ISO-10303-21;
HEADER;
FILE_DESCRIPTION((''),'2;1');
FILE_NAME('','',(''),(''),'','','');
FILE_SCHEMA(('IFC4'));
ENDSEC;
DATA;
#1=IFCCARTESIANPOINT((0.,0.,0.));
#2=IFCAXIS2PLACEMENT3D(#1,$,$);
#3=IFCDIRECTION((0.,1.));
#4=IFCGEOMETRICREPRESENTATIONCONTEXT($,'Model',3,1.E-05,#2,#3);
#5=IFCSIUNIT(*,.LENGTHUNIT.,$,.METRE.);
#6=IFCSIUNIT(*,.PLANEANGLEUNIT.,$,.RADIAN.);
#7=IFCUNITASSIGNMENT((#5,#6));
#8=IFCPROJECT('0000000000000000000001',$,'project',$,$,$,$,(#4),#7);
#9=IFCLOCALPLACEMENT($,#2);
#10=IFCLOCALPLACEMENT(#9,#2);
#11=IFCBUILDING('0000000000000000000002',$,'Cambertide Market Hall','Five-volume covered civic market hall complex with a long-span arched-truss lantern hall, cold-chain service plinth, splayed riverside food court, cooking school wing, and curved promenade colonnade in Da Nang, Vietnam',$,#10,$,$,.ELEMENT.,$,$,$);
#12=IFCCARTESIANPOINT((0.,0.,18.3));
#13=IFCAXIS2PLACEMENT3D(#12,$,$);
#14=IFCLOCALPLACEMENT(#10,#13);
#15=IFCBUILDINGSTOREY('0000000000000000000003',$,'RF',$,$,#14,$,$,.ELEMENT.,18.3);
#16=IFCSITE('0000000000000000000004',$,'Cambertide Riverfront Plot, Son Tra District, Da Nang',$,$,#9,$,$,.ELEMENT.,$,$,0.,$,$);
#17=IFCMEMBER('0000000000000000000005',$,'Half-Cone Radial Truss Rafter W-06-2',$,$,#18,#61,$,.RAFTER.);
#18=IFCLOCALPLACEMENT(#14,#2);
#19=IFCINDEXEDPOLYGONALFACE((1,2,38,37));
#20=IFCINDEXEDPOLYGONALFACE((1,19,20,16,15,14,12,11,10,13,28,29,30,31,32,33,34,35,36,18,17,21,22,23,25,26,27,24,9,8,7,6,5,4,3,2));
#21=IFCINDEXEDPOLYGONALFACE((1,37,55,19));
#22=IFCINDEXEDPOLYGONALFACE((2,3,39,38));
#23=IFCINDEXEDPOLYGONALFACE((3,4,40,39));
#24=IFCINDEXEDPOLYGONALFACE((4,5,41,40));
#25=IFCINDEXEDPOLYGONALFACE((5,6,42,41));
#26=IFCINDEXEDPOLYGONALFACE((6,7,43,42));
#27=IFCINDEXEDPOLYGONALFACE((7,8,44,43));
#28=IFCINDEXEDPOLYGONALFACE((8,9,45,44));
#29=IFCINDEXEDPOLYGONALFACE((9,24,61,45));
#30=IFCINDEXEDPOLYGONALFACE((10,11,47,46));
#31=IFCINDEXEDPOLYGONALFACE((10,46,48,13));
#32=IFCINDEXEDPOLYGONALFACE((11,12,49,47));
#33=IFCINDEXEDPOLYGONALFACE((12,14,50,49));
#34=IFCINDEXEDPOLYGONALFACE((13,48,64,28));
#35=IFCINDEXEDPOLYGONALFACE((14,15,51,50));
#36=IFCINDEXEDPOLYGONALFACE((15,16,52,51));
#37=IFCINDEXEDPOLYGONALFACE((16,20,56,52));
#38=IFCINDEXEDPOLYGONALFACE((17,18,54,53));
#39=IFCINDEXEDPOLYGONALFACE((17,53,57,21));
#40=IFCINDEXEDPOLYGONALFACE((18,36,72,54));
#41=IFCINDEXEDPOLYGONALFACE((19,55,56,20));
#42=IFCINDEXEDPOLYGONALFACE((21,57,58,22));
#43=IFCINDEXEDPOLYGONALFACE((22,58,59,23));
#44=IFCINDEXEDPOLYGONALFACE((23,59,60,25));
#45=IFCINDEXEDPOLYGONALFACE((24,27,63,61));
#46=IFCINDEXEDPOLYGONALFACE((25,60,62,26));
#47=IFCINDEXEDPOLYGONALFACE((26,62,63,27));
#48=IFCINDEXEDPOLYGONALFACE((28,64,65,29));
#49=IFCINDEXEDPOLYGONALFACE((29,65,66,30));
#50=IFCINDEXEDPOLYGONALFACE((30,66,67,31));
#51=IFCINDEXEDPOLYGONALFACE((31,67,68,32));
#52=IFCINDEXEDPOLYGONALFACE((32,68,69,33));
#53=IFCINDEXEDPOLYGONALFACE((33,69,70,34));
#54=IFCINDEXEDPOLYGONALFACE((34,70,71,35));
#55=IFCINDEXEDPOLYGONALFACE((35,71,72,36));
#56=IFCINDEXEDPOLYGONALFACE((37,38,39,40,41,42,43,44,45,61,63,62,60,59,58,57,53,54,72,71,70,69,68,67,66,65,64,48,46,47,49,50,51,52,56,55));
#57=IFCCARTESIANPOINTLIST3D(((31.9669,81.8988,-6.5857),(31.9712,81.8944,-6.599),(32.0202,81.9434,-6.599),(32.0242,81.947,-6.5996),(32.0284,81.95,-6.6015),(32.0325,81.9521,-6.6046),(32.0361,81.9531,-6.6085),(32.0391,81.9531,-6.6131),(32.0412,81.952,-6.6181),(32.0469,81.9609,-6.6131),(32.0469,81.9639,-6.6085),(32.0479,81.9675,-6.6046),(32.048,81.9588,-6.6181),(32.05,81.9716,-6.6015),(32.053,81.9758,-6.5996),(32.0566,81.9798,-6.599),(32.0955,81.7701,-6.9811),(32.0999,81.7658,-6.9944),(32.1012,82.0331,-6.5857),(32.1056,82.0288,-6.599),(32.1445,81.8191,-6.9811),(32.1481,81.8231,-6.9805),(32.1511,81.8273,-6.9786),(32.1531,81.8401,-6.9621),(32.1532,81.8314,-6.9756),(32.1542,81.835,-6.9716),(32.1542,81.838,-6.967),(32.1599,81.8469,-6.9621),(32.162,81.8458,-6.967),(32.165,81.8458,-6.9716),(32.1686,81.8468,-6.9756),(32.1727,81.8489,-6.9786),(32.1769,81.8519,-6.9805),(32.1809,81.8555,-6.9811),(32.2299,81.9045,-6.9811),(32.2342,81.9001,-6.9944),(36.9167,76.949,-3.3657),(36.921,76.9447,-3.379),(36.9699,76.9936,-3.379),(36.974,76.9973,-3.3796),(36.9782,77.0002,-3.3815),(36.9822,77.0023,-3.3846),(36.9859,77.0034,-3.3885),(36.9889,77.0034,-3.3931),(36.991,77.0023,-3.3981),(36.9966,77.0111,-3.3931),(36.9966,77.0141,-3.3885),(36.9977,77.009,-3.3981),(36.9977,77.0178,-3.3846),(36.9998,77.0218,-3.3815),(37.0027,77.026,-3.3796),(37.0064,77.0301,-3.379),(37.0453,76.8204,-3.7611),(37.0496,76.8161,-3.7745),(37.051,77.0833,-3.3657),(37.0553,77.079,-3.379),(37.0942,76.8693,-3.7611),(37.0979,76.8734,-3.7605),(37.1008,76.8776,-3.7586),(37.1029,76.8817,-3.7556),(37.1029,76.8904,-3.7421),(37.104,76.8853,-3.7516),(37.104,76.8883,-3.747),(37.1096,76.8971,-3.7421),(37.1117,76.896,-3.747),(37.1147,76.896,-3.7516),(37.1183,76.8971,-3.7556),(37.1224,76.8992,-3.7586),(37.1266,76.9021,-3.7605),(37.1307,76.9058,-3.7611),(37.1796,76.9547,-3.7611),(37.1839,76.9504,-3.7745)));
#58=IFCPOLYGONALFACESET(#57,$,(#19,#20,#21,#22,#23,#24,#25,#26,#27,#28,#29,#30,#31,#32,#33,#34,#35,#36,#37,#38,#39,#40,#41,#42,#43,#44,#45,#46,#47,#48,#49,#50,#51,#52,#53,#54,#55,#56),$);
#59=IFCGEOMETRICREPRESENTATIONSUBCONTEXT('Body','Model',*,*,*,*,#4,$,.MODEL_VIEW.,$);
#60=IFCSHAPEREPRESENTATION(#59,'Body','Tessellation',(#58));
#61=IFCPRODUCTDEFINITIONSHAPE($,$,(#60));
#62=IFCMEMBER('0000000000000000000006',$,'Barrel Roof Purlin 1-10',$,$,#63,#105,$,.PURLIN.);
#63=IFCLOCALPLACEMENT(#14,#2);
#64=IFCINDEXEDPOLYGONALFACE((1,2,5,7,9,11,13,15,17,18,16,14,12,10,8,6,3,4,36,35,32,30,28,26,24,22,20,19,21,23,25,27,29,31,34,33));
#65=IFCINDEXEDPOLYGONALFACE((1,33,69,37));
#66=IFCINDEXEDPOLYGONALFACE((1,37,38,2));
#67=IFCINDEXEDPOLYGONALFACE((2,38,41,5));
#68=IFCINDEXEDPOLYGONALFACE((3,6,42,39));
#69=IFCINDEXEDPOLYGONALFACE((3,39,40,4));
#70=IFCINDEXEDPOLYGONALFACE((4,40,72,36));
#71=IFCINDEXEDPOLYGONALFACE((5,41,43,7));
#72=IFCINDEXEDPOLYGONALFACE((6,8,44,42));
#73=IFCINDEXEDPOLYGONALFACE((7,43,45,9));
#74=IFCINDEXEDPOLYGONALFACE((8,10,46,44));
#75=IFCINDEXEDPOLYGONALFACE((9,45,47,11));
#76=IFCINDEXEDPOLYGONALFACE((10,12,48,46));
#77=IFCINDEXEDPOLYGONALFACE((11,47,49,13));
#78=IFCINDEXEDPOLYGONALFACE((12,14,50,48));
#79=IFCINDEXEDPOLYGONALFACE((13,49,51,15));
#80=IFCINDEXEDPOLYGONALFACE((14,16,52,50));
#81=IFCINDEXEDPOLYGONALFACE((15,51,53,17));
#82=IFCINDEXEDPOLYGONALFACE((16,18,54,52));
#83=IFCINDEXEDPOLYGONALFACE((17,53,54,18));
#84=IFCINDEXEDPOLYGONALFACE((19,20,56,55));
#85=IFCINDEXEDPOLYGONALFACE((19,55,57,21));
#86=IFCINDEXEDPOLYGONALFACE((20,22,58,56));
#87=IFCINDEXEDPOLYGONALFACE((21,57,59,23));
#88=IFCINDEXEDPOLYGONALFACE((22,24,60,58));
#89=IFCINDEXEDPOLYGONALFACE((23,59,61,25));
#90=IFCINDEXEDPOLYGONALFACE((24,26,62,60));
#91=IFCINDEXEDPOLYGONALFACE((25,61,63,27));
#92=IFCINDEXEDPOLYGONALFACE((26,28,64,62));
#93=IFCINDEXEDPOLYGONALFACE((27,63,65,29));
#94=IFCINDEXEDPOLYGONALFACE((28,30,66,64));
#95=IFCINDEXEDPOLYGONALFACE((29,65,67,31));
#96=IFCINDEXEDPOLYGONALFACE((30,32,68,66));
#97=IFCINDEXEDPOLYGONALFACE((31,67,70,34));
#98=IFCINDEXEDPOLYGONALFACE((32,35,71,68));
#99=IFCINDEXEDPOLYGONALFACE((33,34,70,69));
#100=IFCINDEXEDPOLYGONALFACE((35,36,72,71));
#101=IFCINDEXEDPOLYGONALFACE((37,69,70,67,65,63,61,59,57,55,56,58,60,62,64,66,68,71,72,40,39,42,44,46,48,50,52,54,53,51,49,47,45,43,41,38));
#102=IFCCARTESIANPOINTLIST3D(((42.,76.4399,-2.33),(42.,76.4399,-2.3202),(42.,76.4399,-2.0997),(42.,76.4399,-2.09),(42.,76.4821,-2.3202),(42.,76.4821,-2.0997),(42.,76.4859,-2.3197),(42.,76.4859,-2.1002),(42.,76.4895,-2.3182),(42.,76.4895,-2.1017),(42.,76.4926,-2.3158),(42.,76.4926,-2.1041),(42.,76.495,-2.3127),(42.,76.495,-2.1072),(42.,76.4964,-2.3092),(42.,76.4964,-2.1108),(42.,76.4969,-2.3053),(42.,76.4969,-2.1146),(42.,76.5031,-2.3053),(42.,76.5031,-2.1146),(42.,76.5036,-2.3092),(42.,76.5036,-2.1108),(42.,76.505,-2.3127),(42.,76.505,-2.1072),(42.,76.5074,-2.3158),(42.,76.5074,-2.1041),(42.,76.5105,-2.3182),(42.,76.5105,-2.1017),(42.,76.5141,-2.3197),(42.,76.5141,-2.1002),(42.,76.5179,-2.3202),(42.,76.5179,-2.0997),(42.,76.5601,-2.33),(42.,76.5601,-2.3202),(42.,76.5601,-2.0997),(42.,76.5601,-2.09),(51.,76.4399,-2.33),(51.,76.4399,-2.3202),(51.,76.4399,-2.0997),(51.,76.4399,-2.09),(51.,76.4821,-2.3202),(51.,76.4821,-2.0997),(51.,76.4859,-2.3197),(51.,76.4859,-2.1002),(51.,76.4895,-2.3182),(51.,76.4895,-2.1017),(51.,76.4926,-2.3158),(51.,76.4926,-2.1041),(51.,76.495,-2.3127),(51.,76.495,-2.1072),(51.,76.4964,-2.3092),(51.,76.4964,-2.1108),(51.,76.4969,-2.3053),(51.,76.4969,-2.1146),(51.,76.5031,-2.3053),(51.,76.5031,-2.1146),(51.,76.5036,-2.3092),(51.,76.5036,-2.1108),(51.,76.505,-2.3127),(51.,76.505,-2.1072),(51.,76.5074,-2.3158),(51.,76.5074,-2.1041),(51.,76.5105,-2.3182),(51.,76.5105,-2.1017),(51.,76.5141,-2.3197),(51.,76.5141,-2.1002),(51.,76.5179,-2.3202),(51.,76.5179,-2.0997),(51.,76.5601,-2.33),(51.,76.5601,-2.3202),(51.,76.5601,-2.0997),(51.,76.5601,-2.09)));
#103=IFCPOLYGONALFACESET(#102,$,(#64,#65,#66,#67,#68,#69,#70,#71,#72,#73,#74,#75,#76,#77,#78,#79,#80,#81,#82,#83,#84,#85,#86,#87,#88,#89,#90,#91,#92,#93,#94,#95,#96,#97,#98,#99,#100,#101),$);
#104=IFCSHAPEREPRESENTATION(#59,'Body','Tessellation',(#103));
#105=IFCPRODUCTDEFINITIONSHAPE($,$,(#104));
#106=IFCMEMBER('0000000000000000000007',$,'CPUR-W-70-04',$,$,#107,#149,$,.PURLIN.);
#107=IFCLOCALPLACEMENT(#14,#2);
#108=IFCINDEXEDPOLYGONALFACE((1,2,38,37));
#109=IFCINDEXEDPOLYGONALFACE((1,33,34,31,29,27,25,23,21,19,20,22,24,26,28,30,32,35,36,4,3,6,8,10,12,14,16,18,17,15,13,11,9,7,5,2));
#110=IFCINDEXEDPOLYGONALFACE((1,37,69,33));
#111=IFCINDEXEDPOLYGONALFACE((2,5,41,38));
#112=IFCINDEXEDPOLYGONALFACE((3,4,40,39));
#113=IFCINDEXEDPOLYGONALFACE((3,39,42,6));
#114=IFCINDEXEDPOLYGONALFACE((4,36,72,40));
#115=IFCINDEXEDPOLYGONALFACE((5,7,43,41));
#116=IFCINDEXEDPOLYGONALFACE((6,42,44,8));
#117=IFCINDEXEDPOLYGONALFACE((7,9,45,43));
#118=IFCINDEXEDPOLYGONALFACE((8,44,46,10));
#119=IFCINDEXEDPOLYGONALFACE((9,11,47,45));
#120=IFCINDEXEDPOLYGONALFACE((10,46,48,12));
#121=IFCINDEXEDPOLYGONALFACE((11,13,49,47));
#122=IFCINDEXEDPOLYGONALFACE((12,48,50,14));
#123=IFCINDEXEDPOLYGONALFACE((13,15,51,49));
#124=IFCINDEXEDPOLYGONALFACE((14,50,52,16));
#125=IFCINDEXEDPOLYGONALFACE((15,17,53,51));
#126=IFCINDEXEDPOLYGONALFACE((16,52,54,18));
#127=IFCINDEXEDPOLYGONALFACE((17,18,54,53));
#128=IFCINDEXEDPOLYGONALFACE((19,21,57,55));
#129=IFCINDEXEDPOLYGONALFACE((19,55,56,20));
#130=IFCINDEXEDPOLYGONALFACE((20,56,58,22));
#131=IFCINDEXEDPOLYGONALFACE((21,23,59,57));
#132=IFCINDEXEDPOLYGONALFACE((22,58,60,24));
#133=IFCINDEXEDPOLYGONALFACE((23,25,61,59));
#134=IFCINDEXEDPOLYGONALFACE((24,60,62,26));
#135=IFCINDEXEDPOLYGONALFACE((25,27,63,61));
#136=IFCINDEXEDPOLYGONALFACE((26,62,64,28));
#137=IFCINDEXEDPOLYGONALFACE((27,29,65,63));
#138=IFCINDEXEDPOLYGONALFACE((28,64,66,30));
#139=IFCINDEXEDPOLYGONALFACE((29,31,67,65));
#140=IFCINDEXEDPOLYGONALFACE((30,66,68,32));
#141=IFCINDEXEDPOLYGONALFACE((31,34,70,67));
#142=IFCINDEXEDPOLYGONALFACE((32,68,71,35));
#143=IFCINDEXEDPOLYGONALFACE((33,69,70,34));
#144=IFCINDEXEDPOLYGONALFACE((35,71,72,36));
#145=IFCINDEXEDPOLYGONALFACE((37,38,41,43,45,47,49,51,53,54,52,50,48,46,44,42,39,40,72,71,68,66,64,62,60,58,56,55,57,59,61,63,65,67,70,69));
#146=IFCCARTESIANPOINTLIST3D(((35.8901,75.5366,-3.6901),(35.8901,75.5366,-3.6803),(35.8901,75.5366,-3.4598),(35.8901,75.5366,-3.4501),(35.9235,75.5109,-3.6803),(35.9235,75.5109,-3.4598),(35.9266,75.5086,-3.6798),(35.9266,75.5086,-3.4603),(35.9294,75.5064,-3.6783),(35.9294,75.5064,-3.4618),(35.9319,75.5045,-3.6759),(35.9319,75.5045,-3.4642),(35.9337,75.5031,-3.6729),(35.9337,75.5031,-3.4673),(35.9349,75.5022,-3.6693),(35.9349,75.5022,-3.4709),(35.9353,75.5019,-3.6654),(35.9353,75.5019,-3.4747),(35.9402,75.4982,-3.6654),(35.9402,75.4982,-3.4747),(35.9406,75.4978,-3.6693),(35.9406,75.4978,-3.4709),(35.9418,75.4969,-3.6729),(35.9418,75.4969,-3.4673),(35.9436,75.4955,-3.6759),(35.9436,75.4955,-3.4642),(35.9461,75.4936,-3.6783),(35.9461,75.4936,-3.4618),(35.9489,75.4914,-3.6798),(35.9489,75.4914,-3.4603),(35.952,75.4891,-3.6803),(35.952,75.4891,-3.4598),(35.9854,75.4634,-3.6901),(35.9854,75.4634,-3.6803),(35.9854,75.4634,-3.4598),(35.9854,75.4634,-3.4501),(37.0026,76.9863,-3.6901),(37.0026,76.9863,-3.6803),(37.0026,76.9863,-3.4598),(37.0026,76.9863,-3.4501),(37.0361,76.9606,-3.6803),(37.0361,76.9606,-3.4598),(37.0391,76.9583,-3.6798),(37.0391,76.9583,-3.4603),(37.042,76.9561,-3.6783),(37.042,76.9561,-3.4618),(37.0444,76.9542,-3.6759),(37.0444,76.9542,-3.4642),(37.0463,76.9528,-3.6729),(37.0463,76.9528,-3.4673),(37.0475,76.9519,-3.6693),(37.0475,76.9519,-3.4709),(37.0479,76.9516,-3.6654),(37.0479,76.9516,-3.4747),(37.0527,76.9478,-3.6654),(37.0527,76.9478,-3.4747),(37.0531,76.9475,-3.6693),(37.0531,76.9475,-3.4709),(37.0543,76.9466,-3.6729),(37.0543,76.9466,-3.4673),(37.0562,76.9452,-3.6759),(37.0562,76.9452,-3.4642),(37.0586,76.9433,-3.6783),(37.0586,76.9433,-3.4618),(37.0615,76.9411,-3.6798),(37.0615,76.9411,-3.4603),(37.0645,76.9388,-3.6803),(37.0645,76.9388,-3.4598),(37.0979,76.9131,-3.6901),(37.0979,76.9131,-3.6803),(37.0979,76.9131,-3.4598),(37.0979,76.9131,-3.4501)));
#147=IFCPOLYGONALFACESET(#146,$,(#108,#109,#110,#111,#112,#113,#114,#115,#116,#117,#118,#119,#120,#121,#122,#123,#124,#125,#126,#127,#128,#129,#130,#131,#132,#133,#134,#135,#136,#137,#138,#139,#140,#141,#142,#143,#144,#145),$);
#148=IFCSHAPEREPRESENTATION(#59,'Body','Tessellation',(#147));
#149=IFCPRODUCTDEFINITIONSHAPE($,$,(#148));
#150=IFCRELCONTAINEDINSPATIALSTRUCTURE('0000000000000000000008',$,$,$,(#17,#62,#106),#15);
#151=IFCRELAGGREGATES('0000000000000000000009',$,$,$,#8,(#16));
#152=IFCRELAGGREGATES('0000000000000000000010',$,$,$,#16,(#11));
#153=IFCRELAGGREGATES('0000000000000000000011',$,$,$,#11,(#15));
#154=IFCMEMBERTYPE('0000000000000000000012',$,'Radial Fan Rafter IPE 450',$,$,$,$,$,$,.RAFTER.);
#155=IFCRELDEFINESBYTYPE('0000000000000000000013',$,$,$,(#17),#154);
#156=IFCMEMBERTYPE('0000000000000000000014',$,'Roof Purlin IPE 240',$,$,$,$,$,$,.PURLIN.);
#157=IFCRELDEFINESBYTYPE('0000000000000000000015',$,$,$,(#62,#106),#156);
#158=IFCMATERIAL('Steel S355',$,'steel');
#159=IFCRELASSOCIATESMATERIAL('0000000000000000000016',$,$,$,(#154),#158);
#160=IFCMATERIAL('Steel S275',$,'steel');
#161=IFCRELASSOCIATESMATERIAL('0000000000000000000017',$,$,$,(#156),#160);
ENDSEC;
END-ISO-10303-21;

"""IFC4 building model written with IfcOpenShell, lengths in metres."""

from ifc_helpers import new_model, si_unit, direction, frame, origin, origin_2d, place, context, subcontext, project, spatial, i_section, extrude, material, material_profile, profile_set, type_object, element, save


model = new_model("IFC4")

# Units and contexts
model_context = context("Model", 3, precision=1e-05, world=origin(), true_north=direction((0.0, 1.0)))
body_context = subcontext(model_context, "Body", "Model", "MODEL_VIEW")
ifc_project = project(units=[si_unit("LENGTHUNIT", "METRE"), si_unit("PLANEANGLEUNIT", "RADIAN")], contexts=[model_context])

# Site, building, storey
site_placement = place(None, origin())
site = spatial("IfcSite", under=ifc_project, at=site_placement, Name="Cambertide Riverfront Plot, Son Tra District, Da Nang", CompositionType="ELEMENT", RefElevation=0.0)
building_placement = place(site_placement, origin())
building = spatial("IfcBuilding", under=site, at=building_placement, Name="Cambertide Market Hall", Description="Five-volume covered civic market hall complex with a long-span arched-truss lantern hall, cold-chain service plinth, splayed riverside food court, cooking school wing, and curved promenade colonnade in Da Nang, Vietnam", CompositionType="ELEMENT")
storey_placement = place(building_placement, frame((0.0, 0.0, 18.3)))
storey = spatial("IfcBuildingStorey", under=building, at=storey_placement, Name="RF", CompositionType="ELEMENT", Elevation=18.3)

# Members
ifc_material_1 = material(Name="Steel S355", Category="steel")
ifc_material_profile_1 = material_profile(ifc_material_1, i_section(OverallWidth=0.1899, OverallDepth=0.45, WebThickness=0.0095, FlangeThickness=0.0146, FilletRadius=0.021, at=origin_2d()), Name="IPE 450")
ifc_profile_set_1 = profile_set([ifc_material_profile_1], Name="Steel S355")
member_type_1 = type_object("IfcMemberType", Name="Radial Fan Rafter IPE 450", PredefinedType="RAFTER", material=ifc_profile_set_1)
member_1_placement = place(storey_placement, frame((37.0503, 76.9497, -3.5701), z_axis=(-0.6424, 0.6424, -0.417905), x_axis=(-0.707107, -0.707107, 0.0)))
element("IfcMember", 1, at=member_1_placement, inside=storey, type_object=member_type_1, Name="Half-Cone Radial Truss Rafter W-06-2", PredefinedType="RAFTER", context=body_context, shape_type="SweptSolid", body=[
    extrude(i_section(OverallWidth=0.1899, OverallDepth=0.45, WebThickness=0.0095, FlangeThickness=0.0146, FilletRadius=0.021, at=origin_2d()), origin(), (0.0, 0.0, 1.0), 7.7051),
])
ifc_material_2 = material(Name="Steel S275", Category="steel")
ifc_material_profile_2 = material_profile(ifc_material_2, i_section(OverallWidth=0.1201, OverallDepth=0.24, WebThickness=0.0061, FlangeThickness=0.0098, FilletRadius=0.0149, at=origin_2d()), Name="IPE 240")
ifc_profile_set_2 = profile_set([ifc_material_profile_2], Name="Steel S275")
member_type_2 = type_object("IfcMemberType", Name="Roof Purlin IPE 240", PredefinedType="PURLIN", material=ifc_profile_set_2)
member_2_placement = place(storey_placement, frame((42.0, 76.5, -2.21), z_axis=(1.0, 0.0, 0.0), x_axis=(0.0, 1.0, 0.0)))
element("IfcMember", 2, at=member_2_placement, inside=storey, type_object=member_type_2, Name="Barrel Roof Purlin 1-10", PredefinedType="PURLIN", context=body_context, shape_type="SweptSolid", body=[
    extrude(i_section(OverallWidth=0.1201, OverallDepth=0.24, WebThickness=0.0061, FlangeThickness=0.0098, FilletRadius=0.0149, at=origin_2d()), origin(), (0.0, 0.0, 1.0), 9.0),
])
member_3_placement = place(storey_placement, frame((37.0503, 76.9497, -3.5701), z_axis=(-0.608813, -0.793314, 0.0), x_axis=(0.793314, -0.608813, 0.0)))
element("IfcMember", 3, at=member_3_placement, inside=storey, type_object=member_type_2, Name="CPUR-W-70-04", PredefinedType="PURLIN", context=body_context, shape_type="SweptSolid", body=[
    extrude(i_section(OverallWidth=0.1201, OverallDepth=0.24, WebThickness=0.0061, FlangeThickness=0.0098, FilletRadius=0.0149, at=origin_2d()), origin(), (0.0, 0.0, 1.0), 1.8274),
])

save(model, "model.ifc")
